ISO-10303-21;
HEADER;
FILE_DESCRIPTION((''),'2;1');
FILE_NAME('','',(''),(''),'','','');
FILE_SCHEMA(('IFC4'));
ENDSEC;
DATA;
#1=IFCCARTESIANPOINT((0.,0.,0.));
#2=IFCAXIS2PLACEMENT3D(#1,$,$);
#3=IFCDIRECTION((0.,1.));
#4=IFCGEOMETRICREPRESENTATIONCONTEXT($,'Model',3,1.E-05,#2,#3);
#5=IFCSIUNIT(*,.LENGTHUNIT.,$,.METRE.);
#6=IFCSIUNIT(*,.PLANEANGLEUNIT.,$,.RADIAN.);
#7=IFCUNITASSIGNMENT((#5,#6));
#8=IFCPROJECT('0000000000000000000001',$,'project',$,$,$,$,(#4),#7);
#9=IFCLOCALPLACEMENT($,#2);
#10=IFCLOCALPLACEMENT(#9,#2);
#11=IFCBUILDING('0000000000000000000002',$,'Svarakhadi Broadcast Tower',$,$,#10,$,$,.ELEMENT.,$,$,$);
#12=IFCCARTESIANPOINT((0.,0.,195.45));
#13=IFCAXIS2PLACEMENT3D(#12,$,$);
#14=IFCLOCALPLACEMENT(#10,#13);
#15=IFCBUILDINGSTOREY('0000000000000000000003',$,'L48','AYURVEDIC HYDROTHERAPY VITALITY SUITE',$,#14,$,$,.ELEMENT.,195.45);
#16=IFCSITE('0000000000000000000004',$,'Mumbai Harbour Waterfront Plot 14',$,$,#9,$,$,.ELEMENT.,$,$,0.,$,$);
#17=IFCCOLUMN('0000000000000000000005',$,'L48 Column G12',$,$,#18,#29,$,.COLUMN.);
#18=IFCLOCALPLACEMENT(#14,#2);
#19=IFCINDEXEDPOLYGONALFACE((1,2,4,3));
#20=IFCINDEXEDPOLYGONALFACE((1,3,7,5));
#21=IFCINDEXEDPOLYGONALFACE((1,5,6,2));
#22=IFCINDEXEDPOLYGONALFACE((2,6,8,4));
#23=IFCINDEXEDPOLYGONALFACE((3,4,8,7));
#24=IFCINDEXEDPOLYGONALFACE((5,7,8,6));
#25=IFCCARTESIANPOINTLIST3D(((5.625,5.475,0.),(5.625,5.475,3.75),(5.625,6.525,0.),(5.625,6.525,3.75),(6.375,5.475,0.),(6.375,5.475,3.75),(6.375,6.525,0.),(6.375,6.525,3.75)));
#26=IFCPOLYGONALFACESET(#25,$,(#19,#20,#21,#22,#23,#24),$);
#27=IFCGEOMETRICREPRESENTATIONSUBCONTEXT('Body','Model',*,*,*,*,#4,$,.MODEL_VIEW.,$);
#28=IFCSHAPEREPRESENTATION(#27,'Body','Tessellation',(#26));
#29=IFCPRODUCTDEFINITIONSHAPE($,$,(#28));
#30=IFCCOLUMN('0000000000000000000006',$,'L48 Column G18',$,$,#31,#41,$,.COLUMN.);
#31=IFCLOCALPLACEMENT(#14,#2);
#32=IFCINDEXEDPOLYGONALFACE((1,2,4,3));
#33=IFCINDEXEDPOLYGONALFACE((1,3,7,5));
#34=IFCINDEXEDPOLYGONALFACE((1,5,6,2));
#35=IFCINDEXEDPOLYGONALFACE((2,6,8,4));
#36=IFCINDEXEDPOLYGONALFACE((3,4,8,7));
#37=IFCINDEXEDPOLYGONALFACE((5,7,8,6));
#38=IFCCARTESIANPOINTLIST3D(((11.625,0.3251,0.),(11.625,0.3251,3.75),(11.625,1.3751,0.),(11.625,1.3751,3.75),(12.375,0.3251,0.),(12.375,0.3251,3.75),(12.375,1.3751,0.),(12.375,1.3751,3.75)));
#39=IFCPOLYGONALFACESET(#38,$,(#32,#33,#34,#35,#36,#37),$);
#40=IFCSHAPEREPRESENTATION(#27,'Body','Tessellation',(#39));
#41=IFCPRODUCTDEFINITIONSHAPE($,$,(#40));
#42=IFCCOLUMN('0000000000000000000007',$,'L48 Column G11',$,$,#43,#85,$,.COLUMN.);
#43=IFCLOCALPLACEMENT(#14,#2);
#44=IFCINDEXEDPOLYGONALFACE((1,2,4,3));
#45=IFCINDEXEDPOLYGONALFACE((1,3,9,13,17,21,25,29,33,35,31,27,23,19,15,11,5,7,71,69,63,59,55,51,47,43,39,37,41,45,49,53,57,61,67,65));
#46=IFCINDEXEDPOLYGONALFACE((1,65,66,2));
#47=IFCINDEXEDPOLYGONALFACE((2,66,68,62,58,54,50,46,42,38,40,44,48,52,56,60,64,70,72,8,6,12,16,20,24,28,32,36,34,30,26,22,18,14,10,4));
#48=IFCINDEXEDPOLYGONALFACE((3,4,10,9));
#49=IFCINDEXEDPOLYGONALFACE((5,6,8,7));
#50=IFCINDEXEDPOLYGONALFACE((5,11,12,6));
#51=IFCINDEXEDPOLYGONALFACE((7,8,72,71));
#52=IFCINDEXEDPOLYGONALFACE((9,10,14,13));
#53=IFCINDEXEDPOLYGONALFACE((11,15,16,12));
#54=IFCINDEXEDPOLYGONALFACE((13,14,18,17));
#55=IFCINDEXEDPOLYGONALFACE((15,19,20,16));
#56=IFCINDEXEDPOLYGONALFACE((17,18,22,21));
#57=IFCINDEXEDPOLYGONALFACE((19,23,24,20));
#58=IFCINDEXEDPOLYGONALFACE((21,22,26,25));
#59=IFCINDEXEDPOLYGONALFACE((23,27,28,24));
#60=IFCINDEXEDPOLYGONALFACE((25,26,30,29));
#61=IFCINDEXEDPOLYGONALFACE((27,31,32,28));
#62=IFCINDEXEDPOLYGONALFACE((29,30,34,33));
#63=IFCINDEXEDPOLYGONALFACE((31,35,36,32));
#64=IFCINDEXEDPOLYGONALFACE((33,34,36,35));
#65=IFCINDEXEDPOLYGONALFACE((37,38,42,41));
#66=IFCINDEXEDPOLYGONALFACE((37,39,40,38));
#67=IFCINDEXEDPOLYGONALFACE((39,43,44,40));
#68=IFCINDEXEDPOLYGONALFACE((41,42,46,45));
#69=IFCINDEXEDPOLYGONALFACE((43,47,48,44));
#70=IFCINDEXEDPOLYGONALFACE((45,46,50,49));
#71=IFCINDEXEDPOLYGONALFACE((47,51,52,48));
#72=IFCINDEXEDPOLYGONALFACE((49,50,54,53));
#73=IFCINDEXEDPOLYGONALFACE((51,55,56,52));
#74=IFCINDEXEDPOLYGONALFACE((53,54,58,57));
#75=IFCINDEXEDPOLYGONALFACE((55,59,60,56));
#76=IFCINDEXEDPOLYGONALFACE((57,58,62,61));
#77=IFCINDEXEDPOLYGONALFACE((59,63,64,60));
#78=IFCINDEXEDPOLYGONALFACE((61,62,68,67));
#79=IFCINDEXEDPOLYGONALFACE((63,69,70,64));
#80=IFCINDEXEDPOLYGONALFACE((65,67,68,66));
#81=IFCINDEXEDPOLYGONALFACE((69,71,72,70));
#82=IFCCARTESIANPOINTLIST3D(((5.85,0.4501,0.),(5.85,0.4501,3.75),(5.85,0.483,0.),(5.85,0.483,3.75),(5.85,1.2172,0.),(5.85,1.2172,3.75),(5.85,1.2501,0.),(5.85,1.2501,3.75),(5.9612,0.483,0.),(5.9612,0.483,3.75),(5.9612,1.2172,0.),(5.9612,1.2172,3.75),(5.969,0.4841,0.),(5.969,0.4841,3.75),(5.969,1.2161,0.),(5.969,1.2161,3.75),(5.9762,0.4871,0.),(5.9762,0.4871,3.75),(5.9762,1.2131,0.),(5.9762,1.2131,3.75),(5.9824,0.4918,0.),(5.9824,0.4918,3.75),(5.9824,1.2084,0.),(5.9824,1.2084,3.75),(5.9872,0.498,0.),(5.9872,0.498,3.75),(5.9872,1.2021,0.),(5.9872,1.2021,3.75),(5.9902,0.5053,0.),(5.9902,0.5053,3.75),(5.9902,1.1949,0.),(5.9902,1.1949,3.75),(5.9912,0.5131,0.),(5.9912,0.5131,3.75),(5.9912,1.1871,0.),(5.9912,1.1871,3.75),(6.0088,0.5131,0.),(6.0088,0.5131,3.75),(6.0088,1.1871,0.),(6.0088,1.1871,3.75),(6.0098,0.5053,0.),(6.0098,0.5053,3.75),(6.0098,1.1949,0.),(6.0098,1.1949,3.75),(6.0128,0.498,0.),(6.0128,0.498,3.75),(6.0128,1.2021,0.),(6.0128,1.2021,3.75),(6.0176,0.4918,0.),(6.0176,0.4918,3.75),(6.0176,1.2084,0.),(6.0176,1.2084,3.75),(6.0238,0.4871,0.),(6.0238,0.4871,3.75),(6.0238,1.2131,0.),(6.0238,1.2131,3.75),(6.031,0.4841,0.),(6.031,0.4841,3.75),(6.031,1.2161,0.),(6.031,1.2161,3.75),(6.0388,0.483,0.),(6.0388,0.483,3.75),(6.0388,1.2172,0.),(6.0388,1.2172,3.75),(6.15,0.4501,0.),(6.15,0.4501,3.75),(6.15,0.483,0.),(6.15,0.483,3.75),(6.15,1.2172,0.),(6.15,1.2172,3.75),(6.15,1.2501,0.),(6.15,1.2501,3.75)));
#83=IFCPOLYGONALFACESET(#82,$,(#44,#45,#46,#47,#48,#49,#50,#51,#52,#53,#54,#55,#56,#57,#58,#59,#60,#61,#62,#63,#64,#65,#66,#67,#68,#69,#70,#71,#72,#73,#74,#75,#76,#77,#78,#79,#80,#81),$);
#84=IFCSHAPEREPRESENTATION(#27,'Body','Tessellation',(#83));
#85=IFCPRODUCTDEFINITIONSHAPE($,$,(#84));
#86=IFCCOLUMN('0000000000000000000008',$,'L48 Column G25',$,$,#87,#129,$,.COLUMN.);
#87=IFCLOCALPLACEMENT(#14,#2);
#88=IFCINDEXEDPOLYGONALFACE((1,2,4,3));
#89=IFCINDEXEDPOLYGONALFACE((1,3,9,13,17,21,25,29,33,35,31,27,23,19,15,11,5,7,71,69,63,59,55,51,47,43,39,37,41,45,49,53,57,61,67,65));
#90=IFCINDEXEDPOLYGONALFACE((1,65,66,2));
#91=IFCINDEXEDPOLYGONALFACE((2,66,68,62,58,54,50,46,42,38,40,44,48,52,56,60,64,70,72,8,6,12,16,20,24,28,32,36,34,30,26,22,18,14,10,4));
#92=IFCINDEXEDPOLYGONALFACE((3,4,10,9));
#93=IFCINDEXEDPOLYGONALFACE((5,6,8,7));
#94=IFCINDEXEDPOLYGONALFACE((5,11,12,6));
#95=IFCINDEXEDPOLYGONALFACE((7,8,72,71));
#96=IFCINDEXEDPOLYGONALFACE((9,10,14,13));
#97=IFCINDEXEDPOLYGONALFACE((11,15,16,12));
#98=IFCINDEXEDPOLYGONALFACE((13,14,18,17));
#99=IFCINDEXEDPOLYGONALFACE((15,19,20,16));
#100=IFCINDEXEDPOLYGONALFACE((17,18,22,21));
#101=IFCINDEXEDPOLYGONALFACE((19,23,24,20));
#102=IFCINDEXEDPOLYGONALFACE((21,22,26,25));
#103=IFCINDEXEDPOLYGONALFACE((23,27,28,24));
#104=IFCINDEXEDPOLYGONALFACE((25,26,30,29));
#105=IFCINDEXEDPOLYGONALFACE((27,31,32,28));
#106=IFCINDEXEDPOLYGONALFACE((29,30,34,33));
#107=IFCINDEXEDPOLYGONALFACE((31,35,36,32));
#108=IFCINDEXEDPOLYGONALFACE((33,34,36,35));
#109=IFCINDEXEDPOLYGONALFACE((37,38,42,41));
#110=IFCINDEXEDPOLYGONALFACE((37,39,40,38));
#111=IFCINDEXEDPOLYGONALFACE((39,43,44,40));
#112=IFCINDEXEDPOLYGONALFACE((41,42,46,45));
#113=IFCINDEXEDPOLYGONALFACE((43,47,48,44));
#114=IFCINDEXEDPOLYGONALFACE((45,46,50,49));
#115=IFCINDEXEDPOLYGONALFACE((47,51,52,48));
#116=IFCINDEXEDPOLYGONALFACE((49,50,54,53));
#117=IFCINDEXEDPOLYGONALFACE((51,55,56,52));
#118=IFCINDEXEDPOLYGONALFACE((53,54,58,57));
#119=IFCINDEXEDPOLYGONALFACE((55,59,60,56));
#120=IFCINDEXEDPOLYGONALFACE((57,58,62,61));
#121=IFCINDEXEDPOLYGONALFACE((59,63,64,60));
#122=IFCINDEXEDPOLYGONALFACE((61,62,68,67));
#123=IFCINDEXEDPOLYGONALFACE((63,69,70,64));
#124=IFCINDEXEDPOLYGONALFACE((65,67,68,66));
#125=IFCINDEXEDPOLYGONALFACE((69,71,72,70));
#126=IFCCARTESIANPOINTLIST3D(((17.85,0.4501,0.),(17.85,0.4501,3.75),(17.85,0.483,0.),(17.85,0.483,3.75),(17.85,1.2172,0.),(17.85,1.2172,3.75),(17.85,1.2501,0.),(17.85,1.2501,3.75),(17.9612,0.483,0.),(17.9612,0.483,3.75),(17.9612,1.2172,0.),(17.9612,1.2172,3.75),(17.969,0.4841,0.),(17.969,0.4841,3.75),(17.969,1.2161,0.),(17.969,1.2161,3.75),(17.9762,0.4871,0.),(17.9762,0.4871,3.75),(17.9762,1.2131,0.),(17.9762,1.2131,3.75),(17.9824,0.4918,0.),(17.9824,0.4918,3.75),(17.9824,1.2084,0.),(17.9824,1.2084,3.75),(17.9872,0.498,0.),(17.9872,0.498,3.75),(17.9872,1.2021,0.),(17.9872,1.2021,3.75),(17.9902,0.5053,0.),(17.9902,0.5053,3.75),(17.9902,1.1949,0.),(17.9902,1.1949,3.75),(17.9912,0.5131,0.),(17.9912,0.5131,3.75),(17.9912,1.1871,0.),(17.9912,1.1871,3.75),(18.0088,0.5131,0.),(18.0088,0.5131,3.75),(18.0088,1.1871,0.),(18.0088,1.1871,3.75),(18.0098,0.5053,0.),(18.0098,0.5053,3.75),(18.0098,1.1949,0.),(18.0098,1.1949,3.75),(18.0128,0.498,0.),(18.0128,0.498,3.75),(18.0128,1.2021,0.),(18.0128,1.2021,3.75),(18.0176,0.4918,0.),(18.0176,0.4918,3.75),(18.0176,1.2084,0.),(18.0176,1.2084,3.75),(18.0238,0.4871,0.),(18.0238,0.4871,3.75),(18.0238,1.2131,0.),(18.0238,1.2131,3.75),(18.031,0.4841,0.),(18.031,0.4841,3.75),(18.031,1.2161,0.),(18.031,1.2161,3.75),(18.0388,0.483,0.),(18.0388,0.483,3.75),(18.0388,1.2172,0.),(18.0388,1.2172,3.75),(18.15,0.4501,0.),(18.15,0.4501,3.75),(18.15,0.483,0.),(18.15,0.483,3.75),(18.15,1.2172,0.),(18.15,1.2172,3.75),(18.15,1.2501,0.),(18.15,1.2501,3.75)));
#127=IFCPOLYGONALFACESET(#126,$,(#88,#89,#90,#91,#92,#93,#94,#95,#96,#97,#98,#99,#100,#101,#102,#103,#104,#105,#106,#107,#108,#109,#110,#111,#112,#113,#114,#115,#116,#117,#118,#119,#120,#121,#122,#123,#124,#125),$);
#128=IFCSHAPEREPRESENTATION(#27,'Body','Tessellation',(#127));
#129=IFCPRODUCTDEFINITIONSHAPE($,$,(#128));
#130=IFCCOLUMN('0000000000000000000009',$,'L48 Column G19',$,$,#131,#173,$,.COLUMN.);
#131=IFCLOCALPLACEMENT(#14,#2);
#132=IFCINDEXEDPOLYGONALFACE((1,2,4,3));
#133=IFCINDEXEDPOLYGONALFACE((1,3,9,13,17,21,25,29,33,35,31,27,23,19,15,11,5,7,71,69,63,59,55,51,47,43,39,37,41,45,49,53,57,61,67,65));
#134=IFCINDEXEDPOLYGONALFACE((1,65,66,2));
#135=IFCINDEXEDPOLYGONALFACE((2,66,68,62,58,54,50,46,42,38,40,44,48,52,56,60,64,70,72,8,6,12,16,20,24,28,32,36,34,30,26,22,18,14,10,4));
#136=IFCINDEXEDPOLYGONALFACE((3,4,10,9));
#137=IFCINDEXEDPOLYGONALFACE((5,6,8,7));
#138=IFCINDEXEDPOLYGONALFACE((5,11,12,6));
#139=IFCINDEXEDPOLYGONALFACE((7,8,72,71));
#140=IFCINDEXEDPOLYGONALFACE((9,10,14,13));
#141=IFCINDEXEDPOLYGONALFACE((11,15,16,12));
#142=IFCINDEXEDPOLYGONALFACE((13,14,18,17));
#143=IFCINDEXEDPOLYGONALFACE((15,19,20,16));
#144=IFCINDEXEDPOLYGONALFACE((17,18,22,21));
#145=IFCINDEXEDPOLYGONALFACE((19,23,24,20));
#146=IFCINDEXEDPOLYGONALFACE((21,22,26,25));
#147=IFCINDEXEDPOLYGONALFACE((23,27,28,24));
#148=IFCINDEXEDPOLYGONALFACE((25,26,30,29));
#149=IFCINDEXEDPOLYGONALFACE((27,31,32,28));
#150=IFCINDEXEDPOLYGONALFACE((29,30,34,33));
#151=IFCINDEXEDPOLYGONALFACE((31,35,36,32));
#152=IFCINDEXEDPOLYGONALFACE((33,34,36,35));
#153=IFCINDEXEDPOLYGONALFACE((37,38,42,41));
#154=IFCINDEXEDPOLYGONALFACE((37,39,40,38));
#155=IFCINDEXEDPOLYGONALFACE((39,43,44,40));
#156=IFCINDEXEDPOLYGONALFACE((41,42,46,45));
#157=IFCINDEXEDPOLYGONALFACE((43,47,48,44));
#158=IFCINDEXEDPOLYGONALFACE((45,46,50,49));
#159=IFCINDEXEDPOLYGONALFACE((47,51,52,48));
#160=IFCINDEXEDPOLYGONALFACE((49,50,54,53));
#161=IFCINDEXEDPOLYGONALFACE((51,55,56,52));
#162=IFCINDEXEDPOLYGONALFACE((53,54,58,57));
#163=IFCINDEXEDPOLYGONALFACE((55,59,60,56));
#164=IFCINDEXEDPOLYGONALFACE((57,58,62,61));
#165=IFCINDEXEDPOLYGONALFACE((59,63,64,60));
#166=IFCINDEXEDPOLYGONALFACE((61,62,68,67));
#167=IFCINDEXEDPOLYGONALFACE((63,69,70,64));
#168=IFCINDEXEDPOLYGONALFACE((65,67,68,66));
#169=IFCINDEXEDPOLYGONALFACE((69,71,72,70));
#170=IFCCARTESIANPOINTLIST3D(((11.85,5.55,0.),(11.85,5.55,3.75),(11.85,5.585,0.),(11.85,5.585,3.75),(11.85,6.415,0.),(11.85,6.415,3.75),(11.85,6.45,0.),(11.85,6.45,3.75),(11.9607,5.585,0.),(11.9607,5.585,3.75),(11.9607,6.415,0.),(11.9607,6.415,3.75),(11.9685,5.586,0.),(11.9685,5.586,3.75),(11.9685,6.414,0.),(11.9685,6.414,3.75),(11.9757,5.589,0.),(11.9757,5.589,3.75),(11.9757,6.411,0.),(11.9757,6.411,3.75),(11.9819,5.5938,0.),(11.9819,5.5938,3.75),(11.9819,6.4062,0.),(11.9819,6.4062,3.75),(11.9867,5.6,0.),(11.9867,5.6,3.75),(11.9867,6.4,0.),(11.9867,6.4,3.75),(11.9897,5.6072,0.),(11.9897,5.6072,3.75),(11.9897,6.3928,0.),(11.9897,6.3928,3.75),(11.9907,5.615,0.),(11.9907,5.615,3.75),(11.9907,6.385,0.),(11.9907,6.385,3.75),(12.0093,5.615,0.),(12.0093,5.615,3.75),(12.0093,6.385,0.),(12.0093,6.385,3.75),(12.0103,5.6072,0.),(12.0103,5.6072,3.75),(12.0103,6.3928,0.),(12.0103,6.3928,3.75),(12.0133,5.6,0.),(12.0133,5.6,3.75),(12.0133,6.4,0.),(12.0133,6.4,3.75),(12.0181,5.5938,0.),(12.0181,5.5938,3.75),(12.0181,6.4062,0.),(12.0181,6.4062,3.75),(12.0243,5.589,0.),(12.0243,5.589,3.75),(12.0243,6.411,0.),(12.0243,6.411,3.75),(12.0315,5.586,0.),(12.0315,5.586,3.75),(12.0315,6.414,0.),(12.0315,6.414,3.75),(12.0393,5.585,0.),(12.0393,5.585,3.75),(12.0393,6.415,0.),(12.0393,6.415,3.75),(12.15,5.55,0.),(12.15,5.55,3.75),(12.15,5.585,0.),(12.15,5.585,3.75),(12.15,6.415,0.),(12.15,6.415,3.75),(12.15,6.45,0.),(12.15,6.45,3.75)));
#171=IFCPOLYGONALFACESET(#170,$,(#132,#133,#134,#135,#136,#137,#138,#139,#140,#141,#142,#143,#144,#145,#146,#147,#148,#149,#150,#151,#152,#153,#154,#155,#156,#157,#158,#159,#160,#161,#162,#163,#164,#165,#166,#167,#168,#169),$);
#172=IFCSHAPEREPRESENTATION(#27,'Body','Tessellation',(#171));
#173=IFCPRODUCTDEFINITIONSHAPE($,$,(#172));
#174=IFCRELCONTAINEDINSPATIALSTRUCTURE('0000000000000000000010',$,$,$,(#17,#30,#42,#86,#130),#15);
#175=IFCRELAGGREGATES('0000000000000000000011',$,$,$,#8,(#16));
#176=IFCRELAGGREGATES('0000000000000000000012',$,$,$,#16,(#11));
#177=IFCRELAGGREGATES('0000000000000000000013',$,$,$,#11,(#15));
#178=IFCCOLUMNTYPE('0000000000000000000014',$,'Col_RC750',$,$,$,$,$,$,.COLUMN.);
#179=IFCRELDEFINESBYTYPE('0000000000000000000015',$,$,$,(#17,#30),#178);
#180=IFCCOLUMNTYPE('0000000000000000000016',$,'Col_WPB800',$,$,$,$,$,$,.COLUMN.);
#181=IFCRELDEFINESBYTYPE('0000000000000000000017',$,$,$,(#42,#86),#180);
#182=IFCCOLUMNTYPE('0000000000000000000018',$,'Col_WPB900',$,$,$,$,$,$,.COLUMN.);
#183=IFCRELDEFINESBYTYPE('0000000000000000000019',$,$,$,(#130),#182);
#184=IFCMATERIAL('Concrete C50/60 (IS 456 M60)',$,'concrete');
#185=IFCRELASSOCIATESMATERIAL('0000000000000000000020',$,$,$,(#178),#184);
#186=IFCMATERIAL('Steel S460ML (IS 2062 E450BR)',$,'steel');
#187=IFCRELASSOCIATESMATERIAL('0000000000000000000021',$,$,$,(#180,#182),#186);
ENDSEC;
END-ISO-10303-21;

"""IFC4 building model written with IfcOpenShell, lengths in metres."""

from ifc_helpers import new_model, si_unit, direction, frame, origin, origin_2d, place, context, subcontext, project, spatial, rectangle, i_section, extrude, material, material_profile, profile_set, type_object, element, save


model = new_model("IFC4")

# Units and contexts
model_context = context("Model", 3, precision=1e-05, world=origin(), true_north=direction((0.0, 1.0)))
body_context = subcontext(model_context, "Body", "Model", "MODEL_VIEW")
ifc_project = project(units=[si_unit("LENGTHUNIT", "METRE"), si_unit("PLANEANGLEUNIT", "RADIAN")], contexts=[model_context])

# Site, building, storey
site_placement = place(None, origin())
site = spatial("IfcSite", under=ifc_project, at=site_placement, Name="Mumbai Harbour Waterfront Plot 14", CompositionType="ELEMENT", RefElevation=0.0)
building_placement = place(site_placement, origin())
building = spatial("IfcBuilding", under=site, at=building_placement, Name="Svarakhadi Broadcast Tower", CompositionType="ELEMENT")
storey_placement = place(building_placement, frame((0.0, 0.0, 195.45)))
storey = spatial("IfcBuildingStorey", under=building, at=storey_placement, Name="L48", Description="AYURVEDIC HYDROTHERAPY VITALITY SUITE", CompositionType="ELEMENT", Elevation=195.45)

# Columns
ifc_material_1 = material(Name="Concrete C50/60 (IS 456 M60)", Category="concrete")
ifc_material_profile_1 = material_profile(ifc_material_1, rectangle(XDim=0.75, YDim=1.05, at=origin_2d()), Name="RC 750x1050")
ifc_profile_set_1 = profile_set([ifc_material_profile_1], Name="Concrete C50/60 (IS 456 M60)")
column_type_1 = type_object("IfcColumnType", Name="Col_RC750", PredefinedType="COLUMN", material=ifc_profile_set_1)
for number, where, z_axis, x_axis, name in (
    (1, (6.0, 6.0, 0.0), (0.0, 0.0, 1.0), (1.0, 0.0, 0.0), "L48 Column G12"),
    (2, (12.0, 0.8501, 0.0), (0.0, 0.0, 1.0), (1.0, 0.0, 0.0), "L48 Column G18"),
):
    element("IfcColumn", number, at=place(storey_placement, frame(where, z_axis=z_axis, x_axis=x_axis)), inside=storey, type_object=column_type_1, Name=name, PredefinedType="COLUMN", context=body_context, shape_type="SweptSolid", body=[
        extrude(rectangle(XDim=0.75, YDim=1.05, at=origin_2d()), origin(), (0.0, 0.0, 1.0), 3.75),
    ])
ifc_material_2 = material(Name="Steel S460ML (IS 2062 E450BR)", Category="steel")
ifc_material_profile_2 = material_profile(ifc_material_2, i_section(OverallWidth=0.3, OverallDepth=0.8, WebThickness=0.0176, FlangeThickness=0.033, FilletRadius=0.03, at=origin_2d()), Name="WPB 800x300x262")
ifc_profile_set_2 = profile_set([ifc_material_profile_2], Name="Steel S460ML (IS 2062 E450BR)")
column_type_2 = type_object("IfcColumnType", Name="Col_WPB800", PredefinedType="COLUMN", material=ifc_profile_set_2)
for number, where, z_axis, x_axis, name in (
    (3, (6.0, 0.8501, 0.0), (0.0, 0.0, 1.0), (1.0, 0.0, 0.0), "L48 Column G11"),
    (4, (18.0, 0.8501, 0.0), (0.0, 0.0, 1.0), (1.0, 0.0, 0.0), "L48 Column G25"),
):
    element("IfcColumn", number, at=place(storey_placement, frame(where, z_axis=z_axis, x_axis=x_axis)), inside=storey, type_object=column_type_2, Name=name, PredefinedType="COLUMN", context=body_context, shape_type="SweptSolid", body=[
        extrude(i_section(OverallWidth=0.3, OverallDepth=0.8, WebThickness=0.0176, FlangeThickness=0.033, FilletRadius=0.03, at=origin_2d()), origin(), (0.0, 0.0, 1.0), 3.75),
    ])
ifc_material_profile_3 = material_profile(ifc_material_2, i_section(OverallWidth=0.3, OverallDepth=0.8999, WebThickness=0.0186, FlangeThickness=0.0349, FilletRadius=0.03, at=origin_2d()), Name="WPB 900x300x291")
ifc_profile_set_3 = profile_set([ifc_material_profile_3], Name="Steel S460ML (IS 2062 E450BR)")
column_type_3 = type_object("IfcColumnType", Name="Col_WPB900", PredefinedType="COLUMN", material=ifc_profile_set_3)
column_placement = place(storey_placement, frame((12.0, 6.0, 0.0), z_axis=(0.0, 0.0, 1.0), x_axis=(1.0, 0.0, 0.0)))
element("IfcColumn", 5, at=column_placement, inside=storey, type_object=column_type_3, Name="L48 Column G19", PredefinedType="COLUMN", context=body_context, shape_type="SweptSolid", body=[
    extrude(i_section(OverallWidth=0.3, OverallDepth=0.8999, WebThickness=0.0186, FlangeThickness=0.0349, FilletRadius=0.03, at=origin_2d()), origin(), (0.0, 0.0, 1.0), 3.75),
])

save(model, "model.ifc")
